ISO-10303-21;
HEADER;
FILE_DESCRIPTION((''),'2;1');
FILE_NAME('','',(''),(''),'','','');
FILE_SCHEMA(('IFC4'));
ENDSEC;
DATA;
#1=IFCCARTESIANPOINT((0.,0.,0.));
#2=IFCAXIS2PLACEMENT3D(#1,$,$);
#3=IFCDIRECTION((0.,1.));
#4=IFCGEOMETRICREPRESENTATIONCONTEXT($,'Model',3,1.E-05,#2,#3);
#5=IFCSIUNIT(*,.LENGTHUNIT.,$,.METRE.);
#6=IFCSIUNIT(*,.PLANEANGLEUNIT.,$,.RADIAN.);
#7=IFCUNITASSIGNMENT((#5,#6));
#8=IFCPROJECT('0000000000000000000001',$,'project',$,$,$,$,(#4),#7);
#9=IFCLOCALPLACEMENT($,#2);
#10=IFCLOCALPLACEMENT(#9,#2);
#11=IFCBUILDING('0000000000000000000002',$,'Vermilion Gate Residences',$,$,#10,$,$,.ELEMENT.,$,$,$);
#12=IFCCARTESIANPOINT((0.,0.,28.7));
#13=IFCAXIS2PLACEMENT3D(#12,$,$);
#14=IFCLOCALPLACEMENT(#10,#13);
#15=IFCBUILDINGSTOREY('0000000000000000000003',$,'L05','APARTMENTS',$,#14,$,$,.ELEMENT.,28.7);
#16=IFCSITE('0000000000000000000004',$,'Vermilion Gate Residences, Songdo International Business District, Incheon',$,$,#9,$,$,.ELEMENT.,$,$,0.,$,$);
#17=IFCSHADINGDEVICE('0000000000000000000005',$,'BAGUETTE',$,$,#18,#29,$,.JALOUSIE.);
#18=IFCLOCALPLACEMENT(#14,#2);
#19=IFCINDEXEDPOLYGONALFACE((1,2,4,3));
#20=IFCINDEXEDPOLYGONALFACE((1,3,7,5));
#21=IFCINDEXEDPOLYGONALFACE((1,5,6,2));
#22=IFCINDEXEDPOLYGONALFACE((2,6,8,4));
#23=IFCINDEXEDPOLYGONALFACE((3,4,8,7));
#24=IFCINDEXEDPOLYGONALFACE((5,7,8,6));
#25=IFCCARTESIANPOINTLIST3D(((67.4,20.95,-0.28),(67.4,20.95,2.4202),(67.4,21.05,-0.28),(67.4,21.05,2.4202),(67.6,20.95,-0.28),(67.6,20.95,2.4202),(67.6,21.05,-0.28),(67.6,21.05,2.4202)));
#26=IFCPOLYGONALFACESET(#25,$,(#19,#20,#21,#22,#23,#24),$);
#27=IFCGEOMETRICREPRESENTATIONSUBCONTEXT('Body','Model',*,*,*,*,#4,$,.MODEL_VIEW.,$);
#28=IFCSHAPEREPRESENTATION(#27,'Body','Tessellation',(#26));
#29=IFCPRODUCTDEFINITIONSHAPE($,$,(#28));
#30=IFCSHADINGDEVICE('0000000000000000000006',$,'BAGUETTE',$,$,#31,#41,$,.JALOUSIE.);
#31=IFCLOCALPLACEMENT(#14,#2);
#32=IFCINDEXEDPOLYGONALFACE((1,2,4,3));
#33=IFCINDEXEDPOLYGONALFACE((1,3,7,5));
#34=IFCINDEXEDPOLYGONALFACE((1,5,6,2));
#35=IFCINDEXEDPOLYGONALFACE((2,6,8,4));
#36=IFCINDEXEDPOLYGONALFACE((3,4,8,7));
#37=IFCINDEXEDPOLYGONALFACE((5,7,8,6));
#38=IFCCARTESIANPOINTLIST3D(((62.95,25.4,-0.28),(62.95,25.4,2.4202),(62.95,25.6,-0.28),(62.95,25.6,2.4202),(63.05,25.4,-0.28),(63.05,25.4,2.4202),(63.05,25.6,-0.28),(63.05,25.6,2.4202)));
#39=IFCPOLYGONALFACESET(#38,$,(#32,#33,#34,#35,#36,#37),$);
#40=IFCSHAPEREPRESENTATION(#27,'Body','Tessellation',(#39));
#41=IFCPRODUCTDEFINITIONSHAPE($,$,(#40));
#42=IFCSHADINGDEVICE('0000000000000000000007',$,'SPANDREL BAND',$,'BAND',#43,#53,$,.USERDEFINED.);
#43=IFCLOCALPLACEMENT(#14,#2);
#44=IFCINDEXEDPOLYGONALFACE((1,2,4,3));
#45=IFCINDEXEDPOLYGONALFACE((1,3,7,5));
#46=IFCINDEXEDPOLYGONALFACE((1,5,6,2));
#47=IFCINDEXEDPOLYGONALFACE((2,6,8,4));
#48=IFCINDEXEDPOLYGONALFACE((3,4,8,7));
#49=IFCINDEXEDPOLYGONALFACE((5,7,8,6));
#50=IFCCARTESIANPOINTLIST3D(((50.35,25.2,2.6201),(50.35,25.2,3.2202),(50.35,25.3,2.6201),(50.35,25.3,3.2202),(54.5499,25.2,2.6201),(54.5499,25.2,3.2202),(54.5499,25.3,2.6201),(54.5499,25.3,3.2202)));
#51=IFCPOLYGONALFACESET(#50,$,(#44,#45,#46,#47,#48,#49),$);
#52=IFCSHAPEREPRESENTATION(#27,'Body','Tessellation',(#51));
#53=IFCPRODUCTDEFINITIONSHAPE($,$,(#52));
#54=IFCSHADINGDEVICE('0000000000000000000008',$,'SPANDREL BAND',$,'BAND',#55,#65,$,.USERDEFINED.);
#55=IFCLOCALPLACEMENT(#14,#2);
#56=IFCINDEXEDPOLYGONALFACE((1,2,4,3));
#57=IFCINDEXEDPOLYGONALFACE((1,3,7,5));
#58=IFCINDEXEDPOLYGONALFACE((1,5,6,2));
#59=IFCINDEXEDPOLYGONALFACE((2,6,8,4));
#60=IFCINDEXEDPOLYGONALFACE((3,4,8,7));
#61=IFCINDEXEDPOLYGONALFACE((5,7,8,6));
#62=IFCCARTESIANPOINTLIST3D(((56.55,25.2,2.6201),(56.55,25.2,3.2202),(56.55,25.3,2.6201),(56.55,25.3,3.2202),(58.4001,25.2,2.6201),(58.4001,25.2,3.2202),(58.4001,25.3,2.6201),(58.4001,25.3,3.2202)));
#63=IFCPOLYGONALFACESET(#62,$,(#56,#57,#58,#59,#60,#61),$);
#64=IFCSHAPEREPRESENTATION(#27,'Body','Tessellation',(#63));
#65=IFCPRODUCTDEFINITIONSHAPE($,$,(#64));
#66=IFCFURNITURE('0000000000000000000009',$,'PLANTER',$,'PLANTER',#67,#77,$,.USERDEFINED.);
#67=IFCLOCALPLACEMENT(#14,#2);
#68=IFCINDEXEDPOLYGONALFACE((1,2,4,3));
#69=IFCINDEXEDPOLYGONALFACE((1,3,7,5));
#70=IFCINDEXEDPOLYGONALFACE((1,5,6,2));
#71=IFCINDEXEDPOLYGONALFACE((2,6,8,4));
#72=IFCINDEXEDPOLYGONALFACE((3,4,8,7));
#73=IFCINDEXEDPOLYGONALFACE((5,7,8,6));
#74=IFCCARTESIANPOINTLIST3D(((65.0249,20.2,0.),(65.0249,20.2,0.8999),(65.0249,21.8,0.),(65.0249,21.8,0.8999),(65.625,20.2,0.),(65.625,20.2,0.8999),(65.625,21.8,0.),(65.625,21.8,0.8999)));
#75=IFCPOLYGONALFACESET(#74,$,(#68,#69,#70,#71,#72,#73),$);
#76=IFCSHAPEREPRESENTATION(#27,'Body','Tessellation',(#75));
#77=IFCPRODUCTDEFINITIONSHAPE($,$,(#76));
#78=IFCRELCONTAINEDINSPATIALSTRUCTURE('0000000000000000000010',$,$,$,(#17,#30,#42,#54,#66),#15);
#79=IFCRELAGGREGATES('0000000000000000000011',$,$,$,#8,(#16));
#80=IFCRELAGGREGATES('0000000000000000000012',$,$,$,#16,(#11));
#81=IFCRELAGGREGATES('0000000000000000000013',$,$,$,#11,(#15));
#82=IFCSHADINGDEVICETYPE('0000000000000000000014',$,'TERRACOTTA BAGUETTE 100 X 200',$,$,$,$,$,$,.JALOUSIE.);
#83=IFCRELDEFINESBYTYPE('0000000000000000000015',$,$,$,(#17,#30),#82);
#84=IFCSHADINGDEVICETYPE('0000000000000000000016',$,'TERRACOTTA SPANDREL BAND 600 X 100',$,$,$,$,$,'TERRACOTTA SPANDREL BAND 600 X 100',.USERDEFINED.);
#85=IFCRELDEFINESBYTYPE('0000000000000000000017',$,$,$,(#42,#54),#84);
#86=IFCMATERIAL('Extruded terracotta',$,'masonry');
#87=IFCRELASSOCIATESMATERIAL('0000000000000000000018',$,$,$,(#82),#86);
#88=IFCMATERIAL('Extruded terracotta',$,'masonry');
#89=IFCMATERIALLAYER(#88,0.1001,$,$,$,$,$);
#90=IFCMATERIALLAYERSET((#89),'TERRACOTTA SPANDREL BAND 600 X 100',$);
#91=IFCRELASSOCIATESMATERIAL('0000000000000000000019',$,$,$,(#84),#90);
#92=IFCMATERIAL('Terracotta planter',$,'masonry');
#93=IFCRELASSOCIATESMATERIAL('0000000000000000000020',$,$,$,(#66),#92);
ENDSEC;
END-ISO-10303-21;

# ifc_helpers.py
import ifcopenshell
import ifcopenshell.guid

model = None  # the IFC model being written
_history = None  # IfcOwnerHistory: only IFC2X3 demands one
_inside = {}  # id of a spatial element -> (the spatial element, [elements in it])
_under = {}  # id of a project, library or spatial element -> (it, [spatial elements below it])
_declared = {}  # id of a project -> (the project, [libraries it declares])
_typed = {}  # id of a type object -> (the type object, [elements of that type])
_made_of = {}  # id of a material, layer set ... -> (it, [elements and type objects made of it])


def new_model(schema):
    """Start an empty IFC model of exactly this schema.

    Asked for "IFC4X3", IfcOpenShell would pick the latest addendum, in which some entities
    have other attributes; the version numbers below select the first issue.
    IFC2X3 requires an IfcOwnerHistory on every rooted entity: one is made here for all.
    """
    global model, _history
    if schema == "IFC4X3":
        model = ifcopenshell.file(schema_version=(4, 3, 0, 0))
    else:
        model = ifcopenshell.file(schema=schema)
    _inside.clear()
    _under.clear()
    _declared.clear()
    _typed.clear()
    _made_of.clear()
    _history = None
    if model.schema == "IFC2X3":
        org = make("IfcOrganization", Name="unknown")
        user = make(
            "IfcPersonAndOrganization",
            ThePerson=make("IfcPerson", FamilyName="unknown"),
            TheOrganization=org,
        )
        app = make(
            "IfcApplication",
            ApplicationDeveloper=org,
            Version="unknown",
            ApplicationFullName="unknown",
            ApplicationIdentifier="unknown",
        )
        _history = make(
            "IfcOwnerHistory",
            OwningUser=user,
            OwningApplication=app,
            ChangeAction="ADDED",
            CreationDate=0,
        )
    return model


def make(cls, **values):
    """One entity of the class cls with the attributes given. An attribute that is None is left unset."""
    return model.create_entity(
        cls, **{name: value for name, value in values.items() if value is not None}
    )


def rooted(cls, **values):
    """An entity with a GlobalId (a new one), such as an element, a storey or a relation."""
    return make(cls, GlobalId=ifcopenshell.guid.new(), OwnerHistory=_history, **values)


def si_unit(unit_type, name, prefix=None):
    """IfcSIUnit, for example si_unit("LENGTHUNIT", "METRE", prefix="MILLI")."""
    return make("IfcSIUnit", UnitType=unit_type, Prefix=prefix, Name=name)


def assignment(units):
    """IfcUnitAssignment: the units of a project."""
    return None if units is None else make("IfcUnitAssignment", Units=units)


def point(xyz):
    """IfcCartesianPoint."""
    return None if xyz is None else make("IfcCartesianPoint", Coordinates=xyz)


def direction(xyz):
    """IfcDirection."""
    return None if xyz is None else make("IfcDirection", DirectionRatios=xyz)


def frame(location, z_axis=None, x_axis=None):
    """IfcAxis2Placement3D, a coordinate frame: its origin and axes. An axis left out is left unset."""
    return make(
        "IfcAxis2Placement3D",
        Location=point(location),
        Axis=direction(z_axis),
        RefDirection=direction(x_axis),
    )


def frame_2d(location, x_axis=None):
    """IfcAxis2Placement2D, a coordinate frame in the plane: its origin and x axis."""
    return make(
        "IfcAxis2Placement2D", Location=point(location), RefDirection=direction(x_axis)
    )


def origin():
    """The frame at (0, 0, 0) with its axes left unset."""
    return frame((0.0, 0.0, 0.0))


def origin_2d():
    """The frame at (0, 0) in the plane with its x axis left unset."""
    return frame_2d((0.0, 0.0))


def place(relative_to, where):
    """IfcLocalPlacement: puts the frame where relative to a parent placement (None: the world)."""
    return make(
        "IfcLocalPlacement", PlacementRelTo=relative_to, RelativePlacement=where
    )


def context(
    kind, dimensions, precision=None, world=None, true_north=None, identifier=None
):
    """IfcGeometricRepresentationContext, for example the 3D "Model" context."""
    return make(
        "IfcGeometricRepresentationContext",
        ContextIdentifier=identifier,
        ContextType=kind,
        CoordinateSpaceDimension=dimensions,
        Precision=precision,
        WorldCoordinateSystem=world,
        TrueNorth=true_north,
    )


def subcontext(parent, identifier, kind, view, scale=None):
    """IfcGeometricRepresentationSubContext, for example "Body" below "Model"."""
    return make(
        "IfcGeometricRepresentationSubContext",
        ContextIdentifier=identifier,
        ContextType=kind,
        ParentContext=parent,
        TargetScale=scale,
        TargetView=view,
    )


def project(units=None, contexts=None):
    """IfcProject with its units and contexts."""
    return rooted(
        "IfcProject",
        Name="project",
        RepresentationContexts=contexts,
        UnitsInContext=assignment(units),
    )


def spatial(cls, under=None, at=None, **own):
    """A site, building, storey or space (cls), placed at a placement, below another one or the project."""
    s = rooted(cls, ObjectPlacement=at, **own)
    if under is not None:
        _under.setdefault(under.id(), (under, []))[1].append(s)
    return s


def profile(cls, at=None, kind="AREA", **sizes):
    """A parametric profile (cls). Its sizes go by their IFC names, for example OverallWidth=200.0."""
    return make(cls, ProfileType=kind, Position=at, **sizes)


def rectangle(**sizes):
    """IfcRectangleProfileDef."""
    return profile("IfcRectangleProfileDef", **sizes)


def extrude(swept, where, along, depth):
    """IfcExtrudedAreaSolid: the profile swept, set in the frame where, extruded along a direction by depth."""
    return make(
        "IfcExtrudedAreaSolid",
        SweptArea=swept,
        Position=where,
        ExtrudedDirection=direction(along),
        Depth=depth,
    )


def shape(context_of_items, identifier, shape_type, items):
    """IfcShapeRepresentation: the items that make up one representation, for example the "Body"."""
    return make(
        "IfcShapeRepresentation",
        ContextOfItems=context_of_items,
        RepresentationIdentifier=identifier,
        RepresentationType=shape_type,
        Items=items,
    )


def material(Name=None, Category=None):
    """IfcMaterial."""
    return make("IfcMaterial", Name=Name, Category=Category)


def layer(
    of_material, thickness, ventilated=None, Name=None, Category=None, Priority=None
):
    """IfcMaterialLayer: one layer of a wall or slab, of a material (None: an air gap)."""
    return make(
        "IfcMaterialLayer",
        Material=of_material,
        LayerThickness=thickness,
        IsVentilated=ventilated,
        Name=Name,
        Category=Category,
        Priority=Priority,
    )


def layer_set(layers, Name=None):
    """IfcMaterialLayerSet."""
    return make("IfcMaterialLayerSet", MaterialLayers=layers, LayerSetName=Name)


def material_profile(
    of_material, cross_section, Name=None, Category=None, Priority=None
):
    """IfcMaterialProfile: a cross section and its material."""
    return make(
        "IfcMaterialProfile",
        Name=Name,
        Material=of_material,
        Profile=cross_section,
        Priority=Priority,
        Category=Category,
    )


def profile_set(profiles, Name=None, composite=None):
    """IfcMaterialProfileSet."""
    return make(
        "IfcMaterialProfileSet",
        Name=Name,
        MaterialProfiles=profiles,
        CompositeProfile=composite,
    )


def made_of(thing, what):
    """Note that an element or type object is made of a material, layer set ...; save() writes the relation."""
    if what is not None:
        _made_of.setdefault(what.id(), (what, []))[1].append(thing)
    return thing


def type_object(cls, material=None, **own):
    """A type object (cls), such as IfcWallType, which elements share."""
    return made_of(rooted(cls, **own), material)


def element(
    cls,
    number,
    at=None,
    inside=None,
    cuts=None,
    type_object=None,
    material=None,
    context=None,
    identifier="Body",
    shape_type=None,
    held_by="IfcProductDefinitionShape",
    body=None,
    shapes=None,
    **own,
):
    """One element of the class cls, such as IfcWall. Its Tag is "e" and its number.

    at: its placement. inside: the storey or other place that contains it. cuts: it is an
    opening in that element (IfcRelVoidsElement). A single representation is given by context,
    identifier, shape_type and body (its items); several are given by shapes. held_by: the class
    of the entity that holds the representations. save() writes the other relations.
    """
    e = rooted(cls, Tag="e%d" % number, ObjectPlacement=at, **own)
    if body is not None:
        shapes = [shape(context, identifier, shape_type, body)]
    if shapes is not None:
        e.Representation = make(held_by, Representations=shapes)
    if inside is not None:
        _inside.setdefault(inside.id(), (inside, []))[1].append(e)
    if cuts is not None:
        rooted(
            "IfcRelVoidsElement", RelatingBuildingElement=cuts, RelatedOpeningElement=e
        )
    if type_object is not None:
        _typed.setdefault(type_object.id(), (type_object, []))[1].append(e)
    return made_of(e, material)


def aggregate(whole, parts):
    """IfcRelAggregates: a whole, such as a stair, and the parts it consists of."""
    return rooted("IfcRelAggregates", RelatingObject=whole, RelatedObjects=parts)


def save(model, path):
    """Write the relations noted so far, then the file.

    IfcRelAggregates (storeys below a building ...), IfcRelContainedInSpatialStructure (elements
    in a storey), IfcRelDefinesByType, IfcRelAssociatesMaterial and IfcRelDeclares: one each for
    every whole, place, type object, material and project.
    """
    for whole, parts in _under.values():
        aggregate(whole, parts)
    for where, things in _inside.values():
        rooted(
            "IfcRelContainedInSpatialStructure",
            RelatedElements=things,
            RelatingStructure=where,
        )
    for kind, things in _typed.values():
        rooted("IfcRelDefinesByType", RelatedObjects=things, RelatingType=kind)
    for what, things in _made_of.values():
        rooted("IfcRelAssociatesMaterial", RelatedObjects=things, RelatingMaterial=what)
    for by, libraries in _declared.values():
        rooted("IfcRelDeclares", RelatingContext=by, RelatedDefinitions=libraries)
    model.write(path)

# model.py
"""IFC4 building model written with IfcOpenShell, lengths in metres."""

from ifc_helpers import new_model, si_unit, direction, frame, origin, origin_2d, place, context, subcontext, project, spatial, rectangle, extrude, material, layer, layer_set, material_profile, profile_set, type_object, element, save


model = new_model("IFC4")

# Units and contexts
model_context = context("Model", 3, precision=1e-05, world=origin(), true_north=direction((0.0, 1.0)))
body_context = subcontext(model_context, "Body", "Model", "MODEL_VIEW")
ifc_project = project(units=[si_unit("LENGTHUNIT", "METRE"), si_unit("PLANEANGLEUNIT", "RADIAN")], contexts=[model_context])

# Site, building, storey
site_placement = place(None, origin())
site = spatial("IfcSite", under=ifc_project, at=site_placement, Name="Vermilion Gate Residences, Songdo International Business District, Incheon", CompositionType="ELEMENT", RefElevation=0.0)
building_placement = place(site_placement, origin())
building = spatial("IfcBuilding", under=site, at=building_placement, Name="Vermilion Gate Residences", CompositionType="ELEMENT")
storey_placement = place(building_placement, frame((0.0, 0.0, 28.7)))
storey = spatial("IfcBuildingStorey", under=building, at=storey_placement, Name="L05", Description="APARTMENTS", CompositionType="ELEMENT", Elevation=28.7)

# Shading devices
ifc_material_1 = material(Name="Extruded terracotta", Category="masonry")
ifc_material_profile_1 = material_profile(ifc_material_1, rectangle(XDim=0.2, YDim=0.1001, at=origin_2d()), Name="BAGUETTE 100 X 200")
ifc_profile_set_1 = profile_set([ifc_material_profile_1], Name="Extruded terracotta")
shading_device_type_1 = type_object("IfcShadingDeviceType", Name="TERRACOTTA BAGUETTE 100 X 200", PredefinedType="JALOUSIE", material=ifc_profile_set_1)
for number, where, z_axis, x_axis, name in (
    (1, (67.5, 21.0, -0.28), (0.0, 0.0, 1.0), (-1.0, 0.0, 0.0), "BAGUETTE"),
    (2, (63.0, 25.5, -0.28), (0.0, 0.0, 1.0), (0.0, -1.0, 0.0), "BAGUETTE"),
):
    element("IfcShadingDevice", number, at=place(storey_placement, frame(where, z_axis=z_axis, x_axis=x_axis)), inside=storey, type_object=shading_device_type_1, Name=name, PredefinedType="JALOUSIE", context=body_context, shape_type="SweptSolid", body=[
        extrude(rectangle(XDim=0.2, YDim=0.1001, at=origin_2d()), origin(), (0.0, 0.0, 1.0), 2.7002),
    ])
ifc_material_2 = material(Name="Extruded terracotta", Category="masonry")
ifc_layer_1 = layer(ifc_material_2, 0.1001)
ifc_layer_set_1 = layer_set([ifc_layer_1], Name="TERRACOTTA SPANDREL BAND 600 X 100")
shading_device_type_2 = type_object("IfcShadingDeviceType", Name="TERRACOTTA SPANDREL BAND 600 X 100", ElementType="TERRACOTTA SPANDREL BAND 600 X 100", PredefinedType="USERDEFINED", material=ifc_layer_set_1)
shading_device_1_placement = place(storey_placement, frame((52.45, 25.25, 2.6201), z_axis=(0.0, 0.0, 1.0), x_axis=(1.0, 0.0, 0.0)))
element("IfcShadingDevice", 3, at=shading_device_1_placement, inside=storey, type_object=shading_device_type_2, Name="SPANDREL BAND", ObjectType="BAND", PredefinedType="USERDEFINED", context=body_context, shape_type="SweptSolid", body=[
    extrude(rectangle(XDim=4.2, YDim=0.1001, at=origin_2d()), origin(), (0.0, 0.0, 1.0), 0.6001),
])
shading_device_2_placement = place(storey_placement, frame((57.4751, 25.25, 2.6201), z_axis=(0.0, 0.0, 1.0), x_axis=(1.0, 0.0, 0.0)))
element("IfcShadingDevice", 4, at=shading_device_2_placement, inside=storey, type_object=shading_device_type_2, Name="SPANDREL BAND", ObjectType="BAND", PredefinedType="USERDEFINED", context=body_context, shape_type="SweptSolid", body=[
    extrude(rectangle(XDim=1.8501, YDim=0.1001, at=origin_2d()), origin(), (0.0, 0.0, 1.0), 0.6001),
])

# Furniture
ifc_material_3 = material(Name="Terracotta planter", Category="masonry")
furniture_placement = place(storey_placement, frame((65.325, 21.0, 0.0), z_axis=(0.0, 0.0, 1.0), x_axis=(0.0, 1.0, 0.0)))
element("IfcFurniture", 5, at=furniture_placement, inside=storey, material=ifc_material_3, Name="PLANTER", ObjectType="PLANTER", PredefinedType="USERDEFINED", context=body_context, shape_type="SweptSolid", body=[
    extrude(rectangle(XDim=1.6001, YDim=0.6001, at=origin_2d()), origin(), (0.0, 0.0, 1.0), 0.8999),
])

save(model, "model.ifc")
